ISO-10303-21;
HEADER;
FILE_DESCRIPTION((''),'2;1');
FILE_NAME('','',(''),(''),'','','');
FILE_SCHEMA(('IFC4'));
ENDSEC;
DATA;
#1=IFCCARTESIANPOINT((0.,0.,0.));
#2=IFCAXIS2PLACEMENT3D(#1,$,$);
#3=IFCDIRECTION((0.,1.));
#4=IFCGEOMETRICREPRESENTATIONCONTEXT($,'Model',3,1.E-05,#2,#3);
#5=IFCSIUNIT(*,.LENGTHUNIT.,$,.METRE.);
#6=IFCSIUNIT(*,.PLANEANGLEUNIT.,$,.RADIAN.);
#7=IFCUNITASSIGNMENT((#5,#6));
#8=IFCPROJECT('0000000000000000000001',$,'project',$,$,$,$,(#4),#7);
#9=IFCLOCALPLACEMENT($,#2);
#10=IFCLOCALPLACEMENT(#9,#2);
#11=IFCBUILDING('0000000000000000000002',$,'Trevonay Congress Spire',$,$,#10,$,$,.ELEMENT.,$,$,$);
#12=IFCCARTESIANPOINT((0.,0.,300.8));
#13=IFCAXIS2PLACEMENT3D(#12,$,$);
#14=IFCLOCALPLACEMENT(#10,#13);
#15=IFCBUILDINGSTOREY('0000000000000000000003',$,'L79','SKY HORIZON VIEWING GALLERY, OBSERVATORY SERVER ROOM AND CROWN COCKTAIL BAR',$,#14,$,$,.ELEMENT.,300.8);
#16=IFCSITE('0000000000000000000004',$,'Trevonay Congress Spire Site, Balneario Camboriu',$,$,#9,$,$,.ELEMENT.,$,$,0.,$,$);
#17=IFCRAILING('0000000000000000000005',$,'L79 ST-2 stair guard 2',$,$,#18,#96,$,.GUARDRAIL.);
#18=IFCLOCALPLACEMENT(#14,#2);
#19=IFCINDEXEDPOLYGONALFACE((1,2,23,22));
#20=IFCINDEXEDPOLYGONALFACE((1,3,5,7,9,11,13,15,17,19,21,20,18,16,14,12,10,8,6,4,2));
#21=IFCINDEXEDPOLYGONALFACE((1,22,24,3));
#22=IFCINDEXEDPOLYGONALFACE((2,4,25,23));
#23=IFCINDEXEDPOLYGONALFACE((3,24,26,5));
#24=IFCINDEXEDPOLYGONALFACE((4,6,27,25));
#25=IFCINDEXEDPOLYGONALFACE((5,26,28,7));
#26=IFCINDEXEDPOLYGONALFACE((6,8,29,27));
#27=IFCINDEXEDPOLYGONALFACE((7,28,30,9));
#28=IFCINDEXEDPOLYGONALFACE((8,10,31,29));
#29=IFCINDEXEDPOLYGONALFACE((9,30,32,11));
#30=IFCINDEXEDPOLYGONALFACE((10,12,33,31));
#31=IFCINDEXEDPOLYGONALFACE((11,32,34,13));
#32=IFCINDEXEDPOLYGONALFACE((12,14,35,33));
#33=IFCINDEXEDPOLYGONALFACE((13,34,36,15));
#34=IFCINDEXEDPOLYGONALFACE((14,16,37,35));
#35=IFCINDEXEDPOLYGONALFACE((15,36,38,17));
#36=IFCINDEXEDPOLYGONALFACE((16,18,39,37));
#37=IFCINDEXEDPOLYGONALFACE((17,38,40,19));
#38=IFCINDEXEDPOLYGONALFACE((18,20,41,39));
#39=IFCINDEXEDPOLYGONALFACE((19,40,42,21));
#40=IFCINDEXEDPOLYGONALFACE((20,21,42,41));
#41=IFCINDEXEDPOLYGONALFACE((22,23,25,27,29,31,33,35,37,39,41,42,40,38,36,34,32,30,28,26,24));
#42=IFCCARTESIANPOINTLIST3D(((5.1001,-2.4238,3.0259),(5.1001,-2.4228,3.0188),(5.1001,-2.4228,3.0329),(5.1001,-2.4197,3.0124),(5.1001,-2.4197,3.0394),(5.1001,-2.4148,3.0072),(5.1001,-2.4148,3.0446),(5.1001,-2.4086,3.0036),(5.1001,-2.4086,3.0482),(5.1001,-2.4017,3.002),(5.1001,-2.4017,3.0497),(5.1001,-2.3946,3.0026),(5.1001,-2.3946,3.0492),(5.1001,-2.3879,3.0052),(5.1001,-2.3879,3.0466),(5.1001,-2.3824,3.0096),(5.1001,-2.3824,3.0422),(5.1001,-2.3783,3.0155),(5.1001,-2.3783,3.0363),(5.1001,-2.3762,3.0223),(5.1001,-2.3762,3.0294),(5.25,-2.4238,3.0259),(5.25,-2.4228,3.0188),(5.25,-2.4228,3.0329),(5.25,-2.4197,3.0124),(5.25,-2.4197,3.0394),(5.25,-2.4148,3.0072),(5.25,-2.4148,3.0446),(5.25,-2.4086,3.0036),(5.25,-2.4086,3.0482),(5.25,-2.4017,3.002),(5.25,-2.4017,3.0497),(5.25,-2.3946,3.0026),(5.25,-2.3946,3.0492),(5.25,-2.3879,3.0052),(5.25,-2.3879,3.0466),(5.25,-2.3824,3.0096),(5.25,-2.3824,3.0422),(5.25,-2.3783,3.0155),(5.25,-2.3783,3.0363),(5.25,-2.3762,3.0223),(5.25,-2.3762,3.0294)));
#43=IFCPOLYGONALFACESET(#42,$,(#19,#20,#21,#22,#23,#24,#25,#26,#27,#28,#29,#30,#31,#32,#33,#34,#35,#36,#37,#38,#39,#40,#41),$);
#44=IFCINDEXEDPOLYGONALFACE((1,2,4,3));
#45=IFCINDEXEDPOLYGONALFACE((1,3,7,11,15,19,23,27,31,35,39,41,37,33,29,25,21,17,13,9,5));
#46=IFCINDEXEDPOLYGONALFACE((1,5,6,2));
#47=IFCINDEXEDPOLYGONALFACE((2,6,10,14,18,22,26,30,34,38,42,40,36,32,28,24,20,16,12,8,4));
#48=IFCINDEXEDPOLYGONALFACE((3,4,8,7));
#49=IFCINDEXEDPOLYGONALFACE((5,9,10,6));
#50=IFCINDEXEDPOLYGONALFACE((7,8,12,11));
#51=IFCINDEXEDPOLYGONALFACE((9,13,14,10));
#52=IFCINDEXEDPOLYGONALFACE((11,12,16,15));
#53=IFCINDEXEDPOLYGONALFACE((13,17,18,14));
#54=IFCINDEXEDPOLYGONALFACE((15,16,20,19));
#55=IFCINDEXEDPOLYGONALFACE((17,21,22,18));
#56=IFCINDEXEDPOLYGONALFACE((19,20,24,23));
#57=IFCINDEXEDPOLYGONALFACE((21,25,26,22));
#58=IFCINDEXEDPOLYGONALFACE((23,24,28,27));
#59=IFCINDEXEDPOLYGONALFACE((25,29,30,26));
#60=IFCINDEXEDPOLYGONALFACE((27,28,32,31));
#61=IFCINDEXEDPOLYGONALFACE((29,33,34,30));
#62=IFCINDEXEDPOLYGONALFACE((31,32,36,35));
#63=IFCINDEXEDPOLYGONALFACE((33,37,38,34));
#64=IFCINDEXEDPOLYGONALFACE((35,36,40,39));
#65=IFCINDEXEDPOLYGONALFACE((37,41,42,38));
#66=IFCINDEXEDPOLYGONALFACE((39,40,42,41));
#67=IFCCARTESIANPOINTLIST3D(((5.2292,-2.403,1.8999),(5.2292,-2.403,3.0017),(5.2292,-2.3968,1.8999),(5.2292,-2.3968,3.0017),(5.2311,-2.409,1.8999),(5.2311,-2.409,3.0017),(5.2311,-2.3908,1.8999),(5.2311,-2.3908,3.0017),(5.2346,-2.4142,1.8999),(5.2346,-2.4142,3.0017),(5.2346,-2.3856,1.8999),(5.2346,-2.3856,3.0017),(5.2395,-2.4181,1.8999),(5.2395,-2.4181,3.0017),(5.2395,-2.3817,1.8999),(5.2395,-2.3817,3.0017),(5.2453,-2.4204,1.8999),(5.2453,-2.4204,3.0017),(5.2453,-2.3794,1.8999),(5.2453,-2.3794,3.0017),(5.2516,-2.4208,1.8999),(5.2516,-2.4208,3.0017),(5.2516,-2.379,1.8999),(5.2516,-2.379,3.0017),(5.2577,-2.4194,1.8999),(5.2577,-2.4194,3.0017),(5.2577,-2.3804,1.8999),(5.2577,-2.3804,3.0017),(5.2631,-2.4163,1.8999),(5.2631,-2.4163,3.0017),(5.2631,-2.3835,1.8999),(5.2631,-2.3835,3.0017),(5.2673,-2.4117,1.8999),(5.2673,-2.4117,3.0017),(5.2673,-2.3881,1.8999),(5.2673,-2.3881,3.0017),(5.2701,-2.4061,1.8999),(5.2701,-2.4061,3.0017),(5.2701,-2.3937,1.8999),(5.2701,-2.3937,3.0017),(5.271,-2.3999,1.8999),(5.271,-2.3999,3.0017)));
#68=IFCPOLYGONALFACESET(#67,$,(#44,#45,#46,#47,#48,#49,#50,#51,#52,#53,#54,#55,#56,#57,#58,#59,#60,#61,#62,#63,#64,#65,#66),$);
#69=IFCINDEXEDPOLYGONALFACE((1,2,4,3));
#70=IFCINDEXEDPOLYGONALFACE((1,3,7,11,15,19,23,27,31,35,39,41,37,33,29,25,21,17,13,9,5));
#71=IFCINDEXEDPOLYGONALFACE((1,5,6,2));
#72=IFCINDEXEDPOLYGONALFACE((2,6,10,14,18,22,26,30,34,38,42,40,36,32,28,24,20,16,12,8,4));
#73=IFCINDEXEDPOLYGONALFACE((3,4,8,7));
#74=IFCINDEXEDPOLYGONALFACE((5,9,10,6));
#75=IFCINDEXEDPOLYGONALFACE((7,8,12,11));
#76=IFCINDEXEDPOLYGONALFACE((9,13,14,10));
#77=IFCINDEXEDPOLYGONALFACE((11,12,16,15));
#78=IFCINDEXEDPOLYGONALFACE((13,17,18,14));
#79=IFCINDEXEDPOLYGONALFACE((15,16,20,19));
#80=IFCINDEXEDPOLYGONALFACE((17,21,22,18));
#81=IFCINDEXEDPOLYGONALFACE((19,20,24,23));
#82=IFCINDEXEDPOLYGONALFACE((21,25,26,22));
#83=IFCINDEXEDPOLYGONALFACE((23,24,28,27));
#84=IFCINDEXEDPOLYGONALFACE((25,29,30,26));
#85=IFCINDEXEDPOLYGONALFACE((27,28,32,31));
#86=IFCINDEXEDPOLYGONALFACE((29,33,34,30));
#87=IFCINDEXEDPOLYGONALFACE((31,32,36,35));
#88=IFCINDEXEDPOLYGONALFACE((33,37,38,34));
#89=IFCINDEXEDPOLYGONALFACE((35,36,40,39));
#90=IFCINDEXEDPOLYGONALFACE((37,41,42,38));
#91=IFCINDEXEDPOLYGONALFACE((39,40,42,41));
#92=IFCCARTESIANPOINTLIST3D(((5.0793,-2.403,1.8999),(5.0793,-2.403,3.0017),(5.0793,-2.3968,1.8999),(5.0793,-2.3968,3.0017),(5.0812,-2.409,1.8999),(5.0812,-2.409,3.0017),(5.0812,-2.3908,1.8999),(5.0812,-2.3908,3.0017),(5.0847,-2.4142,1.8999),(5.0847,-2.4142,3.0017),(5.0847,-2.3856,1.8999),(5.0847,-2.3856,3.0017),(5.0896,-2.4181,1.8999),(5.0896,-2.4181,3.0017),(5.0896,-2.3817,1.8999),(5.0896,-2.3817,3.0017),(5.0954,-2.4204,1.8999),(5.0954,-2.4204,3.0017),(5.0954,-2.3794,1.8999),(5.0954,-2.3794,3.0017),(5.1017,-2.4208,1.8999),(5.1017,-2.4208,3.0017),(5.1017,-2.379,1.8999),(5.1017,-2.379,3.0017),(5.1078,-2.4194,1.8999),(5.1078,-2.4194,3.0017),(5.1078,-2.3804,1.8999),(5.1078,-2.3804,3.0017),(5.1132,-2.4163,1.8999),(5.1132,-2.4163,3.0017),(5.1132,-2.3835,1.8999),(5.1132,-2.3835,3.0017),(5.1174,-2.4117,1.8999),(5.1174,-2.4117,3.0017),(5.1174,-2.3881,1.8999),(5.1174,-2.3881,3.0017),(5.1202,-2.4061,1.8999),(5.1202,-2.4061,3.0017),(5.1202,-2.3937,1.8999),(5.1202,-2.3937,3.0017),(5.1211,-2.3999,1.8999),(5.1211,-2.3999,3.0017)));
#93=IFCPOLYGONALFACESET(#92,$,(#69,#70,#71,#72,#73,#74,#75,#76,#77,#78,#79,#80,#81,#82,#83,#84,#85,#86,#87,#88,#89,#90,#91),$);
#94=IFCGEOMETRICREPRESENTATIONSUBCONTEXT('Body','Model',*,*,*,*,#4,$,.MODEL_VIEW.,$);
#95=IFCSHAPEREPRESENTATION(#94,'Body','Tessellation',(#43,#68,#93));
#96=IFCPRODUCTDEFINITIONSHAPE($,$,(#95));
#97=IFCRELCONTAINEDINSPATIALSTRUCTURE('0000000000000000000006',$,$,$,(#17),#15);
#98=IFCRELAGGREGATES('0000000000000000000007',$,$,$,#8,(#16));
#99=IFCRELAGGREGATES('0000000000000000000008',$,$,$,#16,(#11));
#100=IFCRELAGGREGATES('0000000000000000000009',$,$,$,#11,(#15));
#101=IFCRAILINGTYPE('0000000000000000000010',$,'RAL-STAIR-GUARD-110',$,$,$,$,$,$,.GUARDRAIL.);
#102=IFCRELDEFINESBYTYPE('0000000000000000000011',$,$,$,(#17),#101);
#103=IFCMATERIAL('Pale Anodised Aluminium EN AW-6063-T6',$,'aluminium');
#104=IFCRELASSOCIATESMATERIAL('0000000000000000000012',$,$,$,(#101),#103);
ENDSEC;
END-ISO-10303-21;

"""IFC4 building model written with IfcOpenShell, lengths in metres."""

from ifc_helpers import new_model, si_unit, direction, frame, origin, origin_2d, place, context, subcontext, project, spatial, circle, extrude, material, type_object, element, save


model = new_model("IFC4")

# Units and contexts
model_context = context("Model", 3, precision=1e-05, world=origin(), true_north=direction((0.0, 1.0)))
body_context = subcontext(model_context, "Body", "Model", "MODEL_VIEW")
ifc_project = project(units=[si_unit("LENGTHUNIT", "METRE"), si_unit("PLANEANGLEUNIT", "RADIAN")], contexts=[model_context])

# Site, building, storey
site_placement = place(None, origin())
site = spatial("IfcSite", under=ifc_project, at=site_placement, Name="Trevonay Congress Spire Site, Balneario Camboriu", CompositionType="ELEMENT", RefElevation=0.0)
building_placement = place(site_placement, origin())
building = spatial("IfcBuilding", under=site, at=building_placement, Name="Trevonay Congress Spire", CompositionType="ELEMENT")
storey_placement = place(building_placement, frame((0.0, 0.0, 300.8)))
storey = spatial("IfcBuildingStorey", under=building, at=storey_placement, Name="L79", Description="SKY HORIZON VIEWING GALLERY, OBSERVATORY SERVER ROOM AND CROWN COCKTAIL BAR", CompositionType="ELEMENT", Elevation=300.8)

# Railing
ifc_material_1 = material(Name="Pale Anodised Aluminium EN AW-6063-T6", Category="aluminium")
railing_type_1 = type_object("IfcRailingType", Name="RAL-STAIR-GUARD-110", PredefinedType="GUARDRAIL", material=ifc_material_1)
railing_1_placement = place(storey_placement, frame((5.25, -2.3999, 1.8999)))
element("IfcRailing", 1, at=railing_1_placement, inside=storey, type_object=railing_type_1, Name="L79 ST-2 stair guard 2", PredefinedType="GUARDRAIL", context=body_context, shape_type="SweptSolid", body=[
    extrude(circle(Radius=0.0239, at=origin_2d()), frame((0.0, 0.0, 1.126), z_axis=(-1.0, 0.0, 0.0), x_axis=(0.0, -1.0, 0.0)), (0.0, 0.0, 1.0), 0.1499),
    extrude(circle(Radius=0.021, at=origin_2d()), origin(), (0.0, 0.0, 1.0), 1.1018),
    extrude(circle(Radius=0.021, at=origin_2d()), frame((-0.1499, 0.0, 0.0)), (0.0, 0.0, 1.0), 1.1018),
])

save(model, "model.ifc")
